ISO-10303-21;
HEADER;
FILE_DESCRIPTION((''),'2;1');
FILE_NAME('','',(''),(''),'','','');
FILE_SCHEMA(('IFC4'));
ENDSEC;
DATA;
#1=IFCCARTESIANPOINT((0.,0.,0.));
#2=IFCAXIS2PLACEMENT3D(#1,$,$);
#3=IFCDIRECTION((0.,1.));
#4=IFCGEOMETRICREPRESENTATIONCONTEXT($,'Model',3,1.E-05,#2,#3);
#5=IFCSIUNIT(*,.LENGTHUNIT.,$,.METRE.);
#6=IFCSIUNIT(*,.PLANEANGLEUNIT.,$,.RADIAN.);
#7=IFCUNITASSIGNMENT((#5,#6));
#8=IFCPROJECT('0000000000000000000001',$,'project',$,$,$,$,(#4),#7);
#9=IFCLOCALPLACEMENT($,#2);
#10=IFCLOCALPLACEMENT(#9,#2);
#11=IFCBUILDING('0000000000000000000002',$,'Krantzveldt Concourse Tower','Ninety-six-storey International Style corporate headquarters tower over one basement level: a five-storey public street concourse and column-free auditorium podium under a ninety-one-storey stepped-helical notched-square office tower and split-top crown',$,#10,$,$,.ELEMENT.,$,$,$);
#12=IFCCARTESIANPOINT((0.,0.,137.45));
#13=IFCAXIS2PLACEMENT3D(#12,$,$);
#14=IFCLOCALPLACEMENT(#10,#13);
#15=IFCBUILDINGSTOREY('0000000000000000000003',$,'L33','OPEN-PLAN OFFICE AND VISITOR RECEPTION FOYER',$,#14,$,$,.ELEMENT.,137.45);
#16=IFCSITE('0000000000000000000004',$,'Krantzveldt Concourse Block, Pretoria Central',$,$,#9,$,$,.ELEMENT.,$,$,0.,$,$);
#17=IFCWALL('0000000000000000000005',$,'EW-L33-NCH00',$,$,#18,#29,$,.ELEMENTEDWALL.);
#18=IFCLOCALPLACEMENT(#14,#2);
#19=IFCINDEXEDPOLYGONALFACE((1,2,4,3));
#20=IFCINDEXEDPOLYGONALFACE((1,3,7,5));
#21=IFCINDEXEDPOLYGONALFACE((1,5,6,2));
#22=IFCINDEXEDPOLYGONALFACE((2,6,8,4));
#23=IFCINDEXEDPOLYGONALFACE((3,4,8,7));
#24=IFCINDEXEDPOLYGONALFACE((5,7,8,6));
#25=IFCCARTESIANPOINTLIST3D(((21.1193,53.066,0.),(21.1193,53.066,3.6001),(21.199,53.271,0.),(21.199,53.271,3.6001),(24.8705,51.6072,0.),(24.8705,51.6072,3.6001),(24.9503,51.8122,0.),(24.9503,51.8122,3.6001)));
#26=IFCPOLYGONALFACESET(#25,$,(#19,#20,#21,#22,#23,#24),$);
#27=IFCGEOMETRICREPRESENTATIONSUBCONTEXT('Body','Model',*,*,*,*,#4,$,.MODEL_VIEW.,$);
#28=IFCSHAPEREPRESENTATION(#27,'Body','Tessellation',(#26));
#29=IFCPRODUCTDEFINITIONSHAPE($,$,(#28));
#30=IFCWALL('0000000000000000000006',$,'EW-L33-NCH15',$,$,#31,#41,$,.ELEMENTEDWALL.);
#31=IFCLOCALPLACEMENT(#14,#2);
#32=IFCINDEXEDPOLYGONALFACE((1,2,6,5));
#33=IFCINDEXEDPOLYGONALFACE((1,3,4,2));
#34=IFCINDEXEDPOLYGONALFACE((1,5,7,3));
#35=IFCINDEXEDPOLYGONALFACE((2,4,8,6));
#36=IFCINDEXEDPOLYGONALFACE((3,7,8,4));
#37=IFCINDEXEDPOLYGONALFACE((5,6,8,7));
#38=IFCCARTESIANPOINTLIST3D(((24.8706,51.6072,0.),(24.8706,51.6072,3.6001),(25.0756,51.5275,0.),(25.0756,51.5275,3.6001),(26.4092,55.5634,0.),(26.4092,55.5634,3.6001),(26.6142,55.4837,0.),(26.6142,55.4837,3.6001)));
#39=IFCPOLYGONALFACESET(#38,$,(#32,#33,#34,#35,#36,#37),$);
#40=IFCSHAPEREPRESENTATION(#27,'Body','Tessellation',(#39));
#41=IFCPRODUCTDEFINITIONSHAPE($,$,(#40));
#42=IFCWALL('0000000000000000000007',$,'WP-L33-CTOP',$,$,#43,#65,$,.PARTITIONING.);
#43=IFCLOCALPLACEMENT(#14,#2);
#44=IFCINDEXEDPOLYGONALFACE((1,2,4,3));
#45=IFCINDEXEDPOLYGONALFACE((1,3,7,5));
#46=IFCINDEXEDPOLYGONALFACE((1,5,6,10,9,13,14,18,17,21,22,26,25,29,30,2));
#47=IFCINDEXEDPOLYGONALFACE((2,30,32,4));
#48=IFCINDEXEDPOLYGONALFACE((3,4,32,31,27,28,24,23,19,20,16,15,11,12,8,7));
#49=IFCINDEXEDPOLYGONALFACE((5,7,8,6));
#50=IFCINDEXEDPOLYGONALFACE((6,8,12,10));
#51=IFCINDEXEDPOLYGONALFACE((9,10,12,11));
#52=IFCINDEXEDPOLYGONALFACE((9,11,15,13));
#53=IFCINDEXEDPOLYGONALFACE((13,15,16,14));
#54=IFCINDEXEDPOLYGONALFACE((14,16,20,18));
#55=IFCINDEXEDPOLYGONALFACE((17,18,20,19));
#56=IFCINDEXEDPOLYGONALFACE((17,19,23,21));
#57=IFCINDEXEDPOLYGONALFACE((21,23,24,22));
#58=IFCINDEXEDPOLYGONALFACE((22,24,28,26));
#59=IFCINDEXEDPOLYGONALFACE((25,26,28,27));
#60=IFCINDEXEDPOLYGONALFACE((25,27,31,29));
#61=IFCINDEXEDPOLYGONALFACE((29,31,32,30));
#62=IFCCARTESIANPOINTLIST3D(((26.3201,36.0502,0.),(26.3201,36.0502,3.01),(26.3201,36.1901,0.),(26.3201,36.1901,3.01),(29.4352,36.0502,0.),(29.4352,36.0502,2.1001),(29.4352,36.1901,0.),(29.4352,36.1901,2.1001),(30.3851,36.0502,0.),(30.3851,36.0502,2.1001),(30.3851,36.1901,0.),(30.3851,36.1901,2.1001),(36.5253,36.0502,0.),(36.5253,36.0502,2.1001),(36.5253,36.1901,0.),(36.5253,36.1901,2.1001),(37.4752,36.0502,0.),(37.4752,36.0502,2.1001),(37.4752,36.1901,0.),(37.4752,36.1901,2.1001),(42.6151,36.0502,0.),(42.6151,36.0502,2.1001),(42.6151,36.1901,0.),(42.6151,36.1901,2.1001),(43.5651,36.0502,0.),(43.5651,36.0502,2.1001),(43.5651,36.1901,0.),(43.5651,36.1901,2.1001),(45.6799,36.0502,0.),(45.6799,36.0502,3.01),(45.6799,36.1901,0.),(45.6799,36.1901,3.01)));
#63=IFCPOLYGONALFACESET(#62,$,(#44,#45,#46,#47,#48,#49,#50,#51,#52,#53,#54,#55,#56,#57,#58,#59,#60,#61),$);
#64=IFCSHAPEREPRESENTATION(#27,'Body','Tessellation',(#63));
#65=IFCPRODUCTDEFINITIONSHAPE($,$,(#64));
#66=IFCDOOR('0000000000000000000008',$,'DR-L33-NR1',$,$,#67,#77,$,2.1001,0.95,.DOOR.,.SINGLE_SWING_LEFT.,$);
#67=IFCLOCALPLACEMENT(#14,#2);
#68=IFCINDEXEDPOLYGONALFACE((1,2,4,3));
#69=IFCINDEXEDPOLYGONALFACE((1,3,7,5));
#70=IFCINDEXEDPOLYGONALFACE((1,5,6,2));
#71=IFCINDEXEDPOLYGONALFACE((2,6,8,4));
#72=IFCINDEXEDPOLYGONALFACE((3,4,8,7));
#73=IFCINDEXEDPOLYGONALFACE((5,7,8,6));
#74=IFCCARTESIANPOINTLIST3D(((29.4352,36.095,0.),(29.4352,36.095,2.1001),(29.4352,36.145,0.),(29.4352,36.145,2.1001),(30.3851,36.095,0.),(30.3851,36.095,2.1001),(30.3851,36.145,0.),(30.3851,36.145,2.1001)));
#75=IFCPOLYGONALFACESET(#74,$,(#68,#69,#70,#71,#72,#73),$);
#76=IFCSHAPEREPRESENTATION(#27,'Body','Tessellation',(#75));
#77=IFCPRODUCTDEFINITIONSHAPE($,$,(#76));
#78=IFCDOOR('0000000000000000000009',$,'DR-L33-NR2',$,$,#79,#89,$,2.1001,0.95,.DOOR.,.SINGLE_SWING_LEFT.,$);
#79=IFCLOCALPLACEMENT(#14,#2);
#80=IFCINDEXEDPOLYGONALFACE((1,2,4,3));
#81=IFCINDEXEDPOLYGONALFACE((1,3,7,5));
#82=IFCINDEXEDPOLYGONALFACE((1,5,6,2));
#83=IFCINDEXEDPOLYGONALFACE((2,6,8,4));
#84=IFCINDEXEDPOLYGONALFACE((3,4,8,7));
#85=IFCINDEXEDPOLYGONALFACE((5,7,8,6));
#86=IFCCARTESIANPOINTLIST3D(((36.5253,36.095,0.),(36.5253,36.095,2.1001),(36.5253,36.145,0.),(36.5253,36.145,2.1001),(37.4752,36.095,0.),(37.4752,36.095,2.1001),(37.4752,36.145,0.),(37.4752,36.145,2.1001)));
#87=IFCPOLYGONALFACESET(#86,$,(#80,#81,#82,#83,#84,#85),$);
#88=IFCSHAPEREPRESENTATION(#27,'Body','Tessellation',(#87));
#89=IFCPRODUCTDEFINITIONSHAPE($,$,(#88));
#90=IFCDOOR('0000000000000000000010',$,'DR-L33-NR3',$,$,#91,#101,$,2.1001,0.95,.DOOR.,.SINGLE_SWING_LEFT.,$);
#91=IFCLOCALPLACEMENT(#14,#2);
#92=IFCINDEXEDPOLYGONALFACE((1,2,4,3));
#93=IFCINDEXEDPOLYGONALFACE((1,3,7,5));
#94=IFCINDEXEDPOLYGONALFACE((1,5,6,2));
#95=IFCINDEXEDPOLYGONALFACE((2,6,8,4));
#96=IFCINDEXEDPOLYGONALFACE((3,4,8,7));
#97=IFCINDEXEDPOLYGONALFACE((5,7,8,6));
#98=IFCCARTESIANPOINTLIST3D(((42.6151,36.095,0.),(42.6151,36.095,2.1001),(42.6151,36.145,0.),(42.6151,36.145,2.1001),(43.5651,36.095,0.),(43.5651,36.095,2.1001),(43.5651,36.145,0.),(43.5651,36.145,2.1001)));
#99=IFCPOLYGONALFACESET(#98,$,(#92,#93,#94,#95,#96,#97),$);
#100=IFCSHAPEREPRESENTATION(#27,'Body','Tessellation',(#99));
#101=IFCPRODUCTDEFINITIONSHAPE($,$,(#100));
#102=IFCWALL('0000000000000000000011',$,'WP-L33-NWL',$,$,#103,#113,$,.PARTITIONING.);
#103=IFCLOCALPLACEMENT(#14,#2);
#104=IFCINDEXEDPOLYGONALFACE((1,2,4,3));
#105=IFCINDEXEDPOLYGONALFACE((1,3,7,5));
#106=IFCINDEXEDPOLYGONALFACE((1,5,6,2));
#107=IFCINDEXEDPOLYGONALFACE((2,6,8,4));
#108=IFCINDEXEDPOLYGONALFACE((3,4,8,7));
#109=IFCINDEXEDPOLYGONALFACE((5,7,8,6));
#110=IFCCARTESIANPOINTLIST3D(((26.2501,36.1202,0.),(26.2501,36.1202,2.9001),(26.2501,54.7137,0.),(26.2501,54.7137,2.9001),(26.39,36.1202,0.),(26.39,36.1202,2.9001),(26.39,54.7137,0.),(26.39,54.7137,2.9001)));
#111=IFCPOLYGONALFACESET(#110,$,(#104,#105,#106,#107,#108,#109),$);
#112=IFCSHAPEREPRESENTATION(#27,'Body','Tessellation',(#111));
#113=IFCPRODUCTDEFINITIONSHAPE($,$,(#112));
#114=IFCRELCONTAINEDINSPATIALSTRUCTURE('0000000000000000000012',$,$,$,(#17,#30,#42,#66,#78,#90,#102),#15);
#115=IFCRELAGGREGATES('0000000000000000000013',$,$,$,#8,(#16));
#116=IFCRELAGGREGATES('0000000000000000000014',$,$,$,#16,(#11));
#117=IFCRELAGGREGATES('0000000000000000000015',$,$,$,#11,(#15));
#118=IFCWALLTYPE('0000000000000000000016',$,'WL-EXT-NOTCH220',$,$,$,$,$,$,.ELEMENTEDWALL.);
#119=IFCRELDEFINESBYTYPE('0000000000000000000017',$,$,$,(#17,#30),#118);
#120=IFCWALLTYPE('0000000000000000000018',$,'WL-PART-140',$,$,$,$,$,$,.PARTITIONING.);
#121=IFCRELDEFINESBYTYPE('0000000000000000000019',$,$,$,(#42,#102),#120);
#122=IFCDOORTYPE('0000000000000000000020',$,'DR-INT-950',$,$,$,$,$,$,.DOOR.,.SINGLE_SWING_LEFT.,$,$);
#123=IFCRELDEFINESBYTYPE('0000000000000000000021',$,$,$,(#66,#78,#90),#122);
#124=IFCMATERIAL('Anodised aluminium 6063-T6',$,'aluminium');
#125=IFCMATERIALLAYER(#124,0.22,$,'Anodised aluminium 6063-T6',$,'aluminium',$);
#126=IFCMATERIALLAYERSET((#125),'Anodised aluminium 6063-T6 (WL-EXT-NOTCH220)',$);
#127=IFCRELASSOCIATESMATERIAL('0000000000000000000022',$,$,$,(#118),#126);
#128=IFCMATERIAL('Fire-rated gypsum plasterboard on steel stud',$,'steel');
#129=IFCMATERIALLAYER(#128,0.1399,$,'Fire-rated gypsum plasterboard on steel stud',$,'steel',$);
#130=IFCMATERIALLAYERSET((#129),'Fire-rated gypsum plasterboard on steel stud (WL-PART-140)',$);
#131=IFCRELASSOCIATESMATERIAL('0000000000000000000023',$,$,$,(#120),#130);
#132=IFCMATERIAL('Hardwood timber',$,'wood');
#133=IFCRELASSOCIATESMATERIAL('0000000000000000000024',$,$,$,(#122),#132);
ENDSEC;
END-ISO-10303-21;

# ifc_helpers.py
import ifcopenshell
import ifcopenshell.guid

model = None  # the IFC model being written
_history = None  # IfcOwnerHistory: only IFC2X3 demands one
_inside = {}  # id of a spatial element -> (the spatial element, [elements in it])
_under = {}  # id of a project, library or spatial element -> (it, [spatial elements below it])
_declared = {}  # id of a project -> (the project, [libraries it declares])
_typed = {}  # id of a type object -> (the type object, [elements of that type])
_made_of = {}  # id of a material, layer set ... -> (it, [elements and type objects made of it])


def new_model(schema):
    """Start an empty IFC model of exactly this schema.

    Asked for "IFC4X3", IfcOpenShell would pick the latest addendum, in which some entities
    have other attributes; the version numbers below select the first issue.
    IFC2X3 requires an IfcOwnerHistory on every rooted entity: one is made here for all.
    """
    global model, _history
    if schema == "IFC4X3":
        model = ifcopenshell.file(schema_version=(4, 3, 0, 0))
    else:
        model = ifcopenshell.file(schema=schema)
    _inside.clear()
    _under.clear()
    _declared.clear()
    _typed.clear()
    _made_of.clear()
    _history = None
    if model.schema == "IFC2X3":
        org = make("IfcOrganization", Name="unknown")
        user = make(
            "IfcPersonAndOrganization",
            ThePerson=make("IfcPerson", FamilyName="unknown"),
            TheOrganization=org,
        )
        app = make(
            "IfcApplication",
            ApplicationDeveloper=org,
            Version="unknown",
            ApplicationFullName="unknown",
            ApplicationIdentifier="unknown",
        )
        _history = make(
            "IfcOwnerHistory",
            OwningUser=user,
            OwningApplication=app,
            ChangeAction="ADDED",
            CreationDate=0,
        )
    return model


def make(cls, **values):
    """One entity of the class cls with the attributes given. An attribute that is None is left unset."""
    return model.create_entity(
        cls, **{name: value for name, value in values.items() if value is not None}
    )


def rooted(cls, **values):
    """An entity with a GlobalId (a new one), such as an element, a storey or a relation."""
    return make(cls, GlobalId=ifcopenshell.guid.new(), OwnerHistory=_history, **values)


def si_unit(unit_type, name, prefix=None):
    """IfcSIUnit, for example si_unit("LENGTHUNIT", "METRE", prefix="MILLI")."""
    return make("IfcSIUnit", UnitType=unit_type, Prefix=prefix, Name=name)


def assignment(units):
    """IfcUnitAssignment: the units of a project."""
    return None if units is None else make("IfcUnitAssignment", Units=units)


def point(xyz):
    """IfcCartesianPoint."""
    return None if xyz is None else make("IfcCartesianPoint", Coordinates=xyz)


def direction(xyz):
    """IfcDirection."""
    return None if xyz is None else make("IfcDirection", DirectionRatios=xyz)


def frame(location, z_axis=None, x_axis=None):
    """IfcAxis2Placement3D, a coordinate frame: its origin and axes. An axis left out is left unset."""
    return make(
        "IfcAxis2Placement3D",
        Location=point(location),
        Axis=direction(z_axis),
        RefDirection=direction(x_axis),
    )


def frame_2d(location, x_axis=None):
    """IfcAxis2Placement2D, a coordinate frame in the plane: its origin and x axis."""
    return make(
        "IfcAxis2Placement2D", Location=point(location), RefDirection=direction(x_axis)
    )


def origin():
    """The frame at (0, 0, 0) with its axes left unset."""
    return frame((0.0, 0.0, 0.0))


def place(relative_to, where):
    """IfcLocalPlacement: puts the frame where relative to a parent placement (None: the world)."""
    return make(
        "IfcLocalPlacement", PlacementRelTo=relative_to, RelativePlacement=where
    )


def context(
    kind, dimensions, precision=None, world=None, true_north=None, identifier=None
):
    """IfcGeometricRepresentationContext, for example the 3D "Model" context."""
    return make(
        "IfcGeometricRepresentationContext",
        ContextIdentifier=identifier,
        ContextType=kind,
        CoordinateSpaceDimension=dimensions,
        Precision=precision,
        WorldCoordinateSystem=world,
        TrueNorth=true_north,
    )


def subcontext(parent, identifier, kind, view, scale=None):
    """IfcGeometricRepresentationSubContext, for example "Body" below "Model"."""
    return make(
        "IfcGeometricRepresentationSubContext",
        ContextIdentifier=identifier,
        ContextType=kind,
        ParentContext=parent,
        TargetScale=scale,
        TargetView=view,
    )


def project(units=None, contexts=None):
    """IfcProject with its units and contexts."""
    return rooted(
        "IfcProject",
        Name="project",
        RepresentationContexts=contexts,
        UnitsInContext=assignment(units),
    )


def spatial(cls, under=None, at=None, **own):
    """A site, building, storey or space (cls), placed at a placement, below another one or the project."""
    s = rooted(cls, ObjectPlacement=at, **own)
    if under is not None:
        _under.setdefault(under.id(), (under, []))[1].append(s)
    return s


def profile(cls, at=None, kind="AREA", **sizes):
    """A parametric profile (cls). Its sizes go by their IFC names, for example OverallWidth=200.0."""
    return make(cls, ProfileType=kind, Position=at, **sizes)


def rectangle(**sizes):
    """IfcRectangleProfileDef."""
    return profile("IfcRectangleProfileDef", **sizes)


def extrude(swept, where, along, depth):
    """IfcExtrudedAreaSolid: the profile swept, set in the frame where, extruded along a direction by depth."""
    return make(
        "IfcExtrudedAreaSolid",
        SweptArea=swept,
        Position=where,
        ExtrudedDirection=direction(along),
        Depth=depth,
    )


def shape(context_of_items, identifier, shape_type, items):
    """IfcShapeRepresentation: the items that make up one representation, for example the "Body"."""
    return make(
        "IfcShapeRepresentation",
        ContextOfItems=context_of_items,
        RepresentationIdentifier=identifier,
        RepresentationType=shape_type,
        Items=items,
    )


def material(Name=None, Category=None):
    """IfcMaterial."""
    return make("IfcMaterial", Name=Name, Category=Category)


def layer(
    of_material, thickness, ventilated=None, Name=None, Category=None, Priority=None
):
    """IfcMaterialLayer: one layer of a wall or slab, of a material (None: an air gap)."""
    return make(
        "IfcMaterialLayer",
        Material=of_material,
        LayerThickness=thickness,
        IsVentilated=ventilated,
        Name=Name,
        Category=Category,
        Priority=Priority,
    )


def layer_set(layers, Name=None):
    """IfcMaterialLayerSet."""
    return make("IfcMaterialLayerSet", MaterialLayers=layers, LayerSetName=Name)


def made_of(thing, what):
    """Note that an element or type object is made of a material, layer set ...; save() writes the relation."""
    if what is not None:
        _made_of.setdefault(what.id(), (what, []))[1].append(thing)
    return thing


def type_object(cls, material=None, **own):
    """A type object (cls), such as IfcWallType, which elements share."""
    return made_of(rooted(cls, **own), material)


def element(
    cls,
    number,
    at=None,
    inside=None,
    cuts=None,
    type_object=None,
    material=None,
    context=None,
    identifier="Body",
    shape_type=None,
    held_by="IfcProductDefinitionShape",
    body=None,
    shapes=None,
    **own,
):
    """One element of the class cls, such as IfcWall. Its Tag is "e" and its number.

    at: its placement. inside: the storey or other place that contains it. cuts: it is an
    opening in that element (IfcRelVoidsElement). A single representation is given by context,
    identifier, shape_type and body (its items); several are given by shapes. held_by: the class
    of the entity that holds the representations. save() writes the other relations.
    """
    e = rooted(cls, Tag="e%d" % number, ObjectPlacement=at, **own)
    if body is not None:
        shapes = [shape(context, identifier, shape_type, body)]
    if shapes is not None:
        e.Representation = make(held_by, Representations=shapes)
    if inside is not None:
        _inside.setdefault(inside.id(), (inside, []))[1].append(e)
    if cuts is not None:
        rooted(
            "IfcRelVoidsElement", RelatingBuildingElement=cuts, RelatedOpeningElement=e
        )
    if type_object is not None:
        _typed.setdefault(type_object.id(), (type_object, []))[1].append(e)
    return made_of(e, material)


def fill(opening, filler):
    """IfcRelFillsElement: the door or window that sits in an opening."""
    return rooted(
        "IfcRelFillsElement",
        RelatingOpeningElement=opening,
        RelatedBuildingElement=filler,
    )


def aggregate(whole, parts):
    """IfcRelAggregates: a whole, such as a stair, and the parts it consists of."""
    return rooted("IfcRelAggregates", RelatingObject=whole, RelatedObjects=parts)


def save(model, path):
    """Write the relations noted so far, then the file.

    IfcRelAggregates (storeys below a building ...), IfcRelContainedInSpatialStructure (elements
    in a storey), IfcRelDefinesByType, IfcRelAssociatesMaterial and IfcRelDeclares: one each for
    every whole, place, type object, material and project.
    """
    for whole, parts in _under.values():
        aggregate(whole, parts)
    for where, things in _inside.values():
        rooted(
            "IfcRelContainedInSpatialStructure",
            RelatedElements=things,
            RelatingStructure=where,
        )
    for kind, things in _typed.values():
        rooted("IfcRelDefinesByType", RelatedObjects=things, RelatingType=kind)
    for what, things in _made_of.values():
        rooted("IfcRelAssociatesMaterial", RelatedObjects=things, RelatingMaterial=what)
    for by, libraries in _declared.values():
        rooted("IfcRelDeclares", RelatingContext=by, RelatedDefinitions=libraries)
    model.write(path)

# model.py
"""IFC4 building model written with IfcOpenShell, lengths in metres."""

from ifc_helpers import new_model, si_unit, direction, frame, frame_2d, origin, place, context, subcontext, project, spatial, rectangle, extrude, material, layer, layer_set, type_object, element, fill, save


model = new_model("IFC4")

# Units and contexts
model_context = context("Model", 3, precision=1e-05, world=origin(), true_north=direction((0.0, 1.0)))
body_context = subcontext(model_context, "Body", "Model", "MODEL_VIEW")
ifc_project = project(units=[si_unit("LENGTHUNIT", "METRE"), si_unit("PLANEANGLEUNIT", "RADIAN")], contexts=[model_context])

# Site, building, storey
site_placement = place(None, origin())
site = spatial("IfcSite", under=ifc_project, at=site_placement, Name="Krantzveldt Concourse Block, Pretoria Central", CompositionType="ELEMENT", RefElevation=0.0)
building_placement = place(site_placement, origin())
building = spatial("IfcBuilding", under=site, at=building_placement, Name="Krantzveldt Concourse Tower", Description="Ninety-six-storey International Style corporate headquarters tower over one basement level: a five-storey public street concourse and column-free auditorium podium under a ninety-one-storey stepped-helical notched-square office tower and split-top crown", CompositionType="ELEMENT")
storey_placement = place(building_placement, frame((0.0, 0.0, 137.45)))
storey = spatial("IfcBuildingStorey", under=building, at=storey_placement, Name="L33", Description="OPEN-PLAN OFFICE AND VISITOR RECEPTION FOYER", CompositionType="ELEMENT", Elevation=137.45)

# Shared definitions
ifc_material_1 = material(Name="Anodised aluminium 6063-T6", Category="aluminium")

# Walls
ifc_layer_1 = layer(ifc_material_1, 0.22, Name="Anodised aluminium 6063-T6", Category="aluminium")
ifc_layer_set_1 = layer_set([ifc_layer_1], Name="Anodised aluminium 6063-T6 (WL-EXT-NOTCH220)")
wall_type_1 = type_object("IfcWallType", Name="WL-EXT-NOTCH220", PredefinedType="ELEMENTEDWALL", material=ifc_layer_set_1)
wall_1_placement = place(storey_placement, frame((24.9104, 51.7097, 0.0), z_axis=(0.0, 0.0, 1.0), x_axis=(-0.93201, 0.362432, 0.0)))
element("IfcWall", 1, at=wall_1_placement, inside=storey, type_object=wall_type_1, Name="EW-L33-NCH00", PredefinedType="ELEMENTEDWALL", context=body_context, shape_type="SweptSolid", body=[
    extrude(rectangle(XDim=4.0249, YDim=0.22, at=frame_2d((2.0125, 0.0))), origin(), (0.0, 0.0, 1.0), 3.6001),
])
wall_2_placement = place(storey_placement, frame((26.5117, 55.5237, 0.0), z_axis=(0.0, 0.0, 1.0), x_axis=(-0.362449, -0.932004, 0.0)))
element("IfcWall", 2, at=wall_2_placement, inside=storey, type_object=wall_type_1, Name="EW-L33-NCH15", PredefinedType="ELEMENTEDWALL", context=body_context, shape_type="SweptSolid", body=[
    extrude(rectangle(XDim=4.2449, YDim=0.22, at=frame_2d((2.1226, 0.0))), origin(), (0.0, 0.0, 1.0), 3.6001),
])

# Wall, openings, doors
ifc_material_2 = material(Name="Fire-rated gypsum plasterboard on steel stud", Category="steel")
ifc_layer_2 = layer(ifc_material_2, 0.1399, Name="Fire-rated gypsum plasterboard on steel stud", Category="steel")
ifc_layer_set_2 = layer_set([ifc_layer_2], Name="Fire-rated gypsum plasterboard on steel stud (WL-PART-140)")
wall_type_2 = type_object("IfcWallType", Name="WL-PART-140", PredefinedType="PARTITIONING", material=ifc_layer_set_2)
wall_3_placement = place(storey_placement, frame((26.3201, 36.1201, 0.0), z_axis=(0.0, 0.0, 1.0), x_axis=(1.0, 0.0, 0.0)))
wall_3 = element("IfcWall", 3, at=wall_3_placement, inside=storey, type_object=wall_type_2, Name="WP-L33-CTOP", PredefinedType="PARTITIONING", context=body_context, shape_type="SweptSolid", body=[
    extrude(rectangle(XDim=19.3599, YDim=0.1399, at=frame_2d((9.6799, 0.0))), origin(), (0.0, 0.0, 1.0), 3.01),
])
opening_1_placement = place(wall_3_placement, frame((3.115, 0.0, 0.0)))
opening_1 = element("IfcOpeningElement", 4, at=opening_1_placement, cuts=wall_3, PredefinedType="OPENING", context=body_context, shape_type="SweptSolid", body=[
    extrude(rectangle(XDim=0.95, YDim=2.1001, at=frame_2d((0.4751, 1.05))), frame((0.0, 0.0801, 0.0), z_axis=(0.0, -1.0, 0.0), x_axis=(1.0, 0.0, 0.0)), (0.0, 0.0, 1.0), 0.1599),
])
opening_2_placement = place(wall_3_placement, frame((10.2051, 0.0, 0.0)))
opening_2 = element("IfcOpeningElement", 5, at=opening_2_placement, cuts=wall_3, PredefinedType="OPENING", context=body_context, shape_type="SweptSolid", body=[
    extrude(rectangle(XDim=0.95, YDim=2.1001, at=frame_2d((0.4751, 1.05))), frame((0.0, 0.0801, 0.0), z_axis=(0.0, -1.0, 0.0), x_axis=(1.0, 0.0, 0.0)), (0.0, 0.0, 1.0), 0.1599),
])
opening_3_placement = place(wall_3_placement, frame((16.2949, 0.0, 0.0)))
opening_3 = element("IfcOpeningElement", 6, at=opening_3_placement, cuts=wall_3, PredefinedType="OPENING", context=body_context, shape_type="SweptSolid", body=[
    extrude(rectangle(XDim=0.95, YDim=2.1001, at=frame_2d((0.4751, 1.05))), frame((0.0, 0.0801, 0.0), z_axis=(0.0, -1.0, 0.0), x_axis=(1.0, 0.0, 0.0)), (0.0, 0.0, 1.0), 0.1599),
])
ifc_material_3 = material(Name="Hardwood timber", Category="wood")
door_type = type_object("IfcDoorType", Name="DR-INT-950", OperationType="SINGLE_SWING_LEFT", PredefinedType="DOOR", material=ifc_material_3)
door_1_placement = place(opening_1_placement, origin())
door_1 = element("IfcDoor", 7, at=door_1_placement, inside=storey, type_object=door_type, Name="DR-L33-NR1", OperationType="SINGLE_SWING_LEFT", OverallHeight=2.1001, OverallWidth=0.95, PredefinedType="DOOR", context=body_context, shape_type="SweptSolid", body=[
    extrude(rectangle(XDim=0.95, YDim=2.1001, at=frame_2d((0.4751, 1.05))), frame((0.0, 0.0249, 0.0), z_axis=(0.0, -1.0, 0.0), x_axis=(1.0, 0.0, 0.0)), (0.0, 0.0, 1.0), 0.05),
])
fill(opening_1, door_1)
door_2_placement = place(opening_2_placement, origin())
door_2 = element("IfcDoor", 8, at=door_2_placement, inside=storey, type_object=door_type, Name="DR-L33-NR2", OperationType="SINGLE_SWING_LEFT", OverallHeight=2.1001, OverallWidth=0.95, PredefinedType="DOOR", context=body_context, shape_type="SweptSolid", body=[
    extrude(rectangle(XDim=0.95, YDim=2.1001, at=frame_2d((0.4751, 1.05))), frame((0.0, 0.0249, 0.0), z_axis=(0.0, -1.0, 0.0), x_axis=(1.0, 0.0, 0.0)), (0.0, 0.0, 1.0), 0.05),
])
fill(opening_2, door_2)
door_3_placement = place(opening_3_placement, origin())
door_3 = element("IfcDoor", 9, at=door_3_placement, inside=storey, type_object=door_type, Name="DR-L33-NR3", OperationType="SINGLE_SWING_LEFT", OverallHeight=2.1001, OverallWidth=0.95, PredefinedType="DOOR", context=body_context, shape_type="SweptSolid", body=[
    extrude(rectangle(XDim=0.95, YDim=2.1001, at=frame_2d((0.4751, 1.05))), frame((0.0, 0.0249, 0.0), z_axis=(0.0, -1.0, 0.0), x_axis=(1.0, 0.0, 0.0)), (0.0, 0.0, 1.0), 0.05),
])
fill(opening_3, door_3)

# Wall
wall_4_placement = place(storey_placement, frame((26.3201, 36.1201, 0.0), z_axis=(0.0, 0.0, 1.0), x_axis=(0.0, 1.0, 0.0)))
element("IfcWall", 10, at=wall_4_placement, inside=storey, type_object=wall_type_2, Name="WP-L33-NWL", PredefinedType="PARTITIONING", context=body_context, shape_type="SweptSolid", body=[
    extrude(rectangle(XDim=18.5935, YDim=0.1399, at=frame_2d((9.2969, 0.0))), origin(), (0.0, 0.0, 1.0), 2.9001),
])

save(model, "model.ifc")
